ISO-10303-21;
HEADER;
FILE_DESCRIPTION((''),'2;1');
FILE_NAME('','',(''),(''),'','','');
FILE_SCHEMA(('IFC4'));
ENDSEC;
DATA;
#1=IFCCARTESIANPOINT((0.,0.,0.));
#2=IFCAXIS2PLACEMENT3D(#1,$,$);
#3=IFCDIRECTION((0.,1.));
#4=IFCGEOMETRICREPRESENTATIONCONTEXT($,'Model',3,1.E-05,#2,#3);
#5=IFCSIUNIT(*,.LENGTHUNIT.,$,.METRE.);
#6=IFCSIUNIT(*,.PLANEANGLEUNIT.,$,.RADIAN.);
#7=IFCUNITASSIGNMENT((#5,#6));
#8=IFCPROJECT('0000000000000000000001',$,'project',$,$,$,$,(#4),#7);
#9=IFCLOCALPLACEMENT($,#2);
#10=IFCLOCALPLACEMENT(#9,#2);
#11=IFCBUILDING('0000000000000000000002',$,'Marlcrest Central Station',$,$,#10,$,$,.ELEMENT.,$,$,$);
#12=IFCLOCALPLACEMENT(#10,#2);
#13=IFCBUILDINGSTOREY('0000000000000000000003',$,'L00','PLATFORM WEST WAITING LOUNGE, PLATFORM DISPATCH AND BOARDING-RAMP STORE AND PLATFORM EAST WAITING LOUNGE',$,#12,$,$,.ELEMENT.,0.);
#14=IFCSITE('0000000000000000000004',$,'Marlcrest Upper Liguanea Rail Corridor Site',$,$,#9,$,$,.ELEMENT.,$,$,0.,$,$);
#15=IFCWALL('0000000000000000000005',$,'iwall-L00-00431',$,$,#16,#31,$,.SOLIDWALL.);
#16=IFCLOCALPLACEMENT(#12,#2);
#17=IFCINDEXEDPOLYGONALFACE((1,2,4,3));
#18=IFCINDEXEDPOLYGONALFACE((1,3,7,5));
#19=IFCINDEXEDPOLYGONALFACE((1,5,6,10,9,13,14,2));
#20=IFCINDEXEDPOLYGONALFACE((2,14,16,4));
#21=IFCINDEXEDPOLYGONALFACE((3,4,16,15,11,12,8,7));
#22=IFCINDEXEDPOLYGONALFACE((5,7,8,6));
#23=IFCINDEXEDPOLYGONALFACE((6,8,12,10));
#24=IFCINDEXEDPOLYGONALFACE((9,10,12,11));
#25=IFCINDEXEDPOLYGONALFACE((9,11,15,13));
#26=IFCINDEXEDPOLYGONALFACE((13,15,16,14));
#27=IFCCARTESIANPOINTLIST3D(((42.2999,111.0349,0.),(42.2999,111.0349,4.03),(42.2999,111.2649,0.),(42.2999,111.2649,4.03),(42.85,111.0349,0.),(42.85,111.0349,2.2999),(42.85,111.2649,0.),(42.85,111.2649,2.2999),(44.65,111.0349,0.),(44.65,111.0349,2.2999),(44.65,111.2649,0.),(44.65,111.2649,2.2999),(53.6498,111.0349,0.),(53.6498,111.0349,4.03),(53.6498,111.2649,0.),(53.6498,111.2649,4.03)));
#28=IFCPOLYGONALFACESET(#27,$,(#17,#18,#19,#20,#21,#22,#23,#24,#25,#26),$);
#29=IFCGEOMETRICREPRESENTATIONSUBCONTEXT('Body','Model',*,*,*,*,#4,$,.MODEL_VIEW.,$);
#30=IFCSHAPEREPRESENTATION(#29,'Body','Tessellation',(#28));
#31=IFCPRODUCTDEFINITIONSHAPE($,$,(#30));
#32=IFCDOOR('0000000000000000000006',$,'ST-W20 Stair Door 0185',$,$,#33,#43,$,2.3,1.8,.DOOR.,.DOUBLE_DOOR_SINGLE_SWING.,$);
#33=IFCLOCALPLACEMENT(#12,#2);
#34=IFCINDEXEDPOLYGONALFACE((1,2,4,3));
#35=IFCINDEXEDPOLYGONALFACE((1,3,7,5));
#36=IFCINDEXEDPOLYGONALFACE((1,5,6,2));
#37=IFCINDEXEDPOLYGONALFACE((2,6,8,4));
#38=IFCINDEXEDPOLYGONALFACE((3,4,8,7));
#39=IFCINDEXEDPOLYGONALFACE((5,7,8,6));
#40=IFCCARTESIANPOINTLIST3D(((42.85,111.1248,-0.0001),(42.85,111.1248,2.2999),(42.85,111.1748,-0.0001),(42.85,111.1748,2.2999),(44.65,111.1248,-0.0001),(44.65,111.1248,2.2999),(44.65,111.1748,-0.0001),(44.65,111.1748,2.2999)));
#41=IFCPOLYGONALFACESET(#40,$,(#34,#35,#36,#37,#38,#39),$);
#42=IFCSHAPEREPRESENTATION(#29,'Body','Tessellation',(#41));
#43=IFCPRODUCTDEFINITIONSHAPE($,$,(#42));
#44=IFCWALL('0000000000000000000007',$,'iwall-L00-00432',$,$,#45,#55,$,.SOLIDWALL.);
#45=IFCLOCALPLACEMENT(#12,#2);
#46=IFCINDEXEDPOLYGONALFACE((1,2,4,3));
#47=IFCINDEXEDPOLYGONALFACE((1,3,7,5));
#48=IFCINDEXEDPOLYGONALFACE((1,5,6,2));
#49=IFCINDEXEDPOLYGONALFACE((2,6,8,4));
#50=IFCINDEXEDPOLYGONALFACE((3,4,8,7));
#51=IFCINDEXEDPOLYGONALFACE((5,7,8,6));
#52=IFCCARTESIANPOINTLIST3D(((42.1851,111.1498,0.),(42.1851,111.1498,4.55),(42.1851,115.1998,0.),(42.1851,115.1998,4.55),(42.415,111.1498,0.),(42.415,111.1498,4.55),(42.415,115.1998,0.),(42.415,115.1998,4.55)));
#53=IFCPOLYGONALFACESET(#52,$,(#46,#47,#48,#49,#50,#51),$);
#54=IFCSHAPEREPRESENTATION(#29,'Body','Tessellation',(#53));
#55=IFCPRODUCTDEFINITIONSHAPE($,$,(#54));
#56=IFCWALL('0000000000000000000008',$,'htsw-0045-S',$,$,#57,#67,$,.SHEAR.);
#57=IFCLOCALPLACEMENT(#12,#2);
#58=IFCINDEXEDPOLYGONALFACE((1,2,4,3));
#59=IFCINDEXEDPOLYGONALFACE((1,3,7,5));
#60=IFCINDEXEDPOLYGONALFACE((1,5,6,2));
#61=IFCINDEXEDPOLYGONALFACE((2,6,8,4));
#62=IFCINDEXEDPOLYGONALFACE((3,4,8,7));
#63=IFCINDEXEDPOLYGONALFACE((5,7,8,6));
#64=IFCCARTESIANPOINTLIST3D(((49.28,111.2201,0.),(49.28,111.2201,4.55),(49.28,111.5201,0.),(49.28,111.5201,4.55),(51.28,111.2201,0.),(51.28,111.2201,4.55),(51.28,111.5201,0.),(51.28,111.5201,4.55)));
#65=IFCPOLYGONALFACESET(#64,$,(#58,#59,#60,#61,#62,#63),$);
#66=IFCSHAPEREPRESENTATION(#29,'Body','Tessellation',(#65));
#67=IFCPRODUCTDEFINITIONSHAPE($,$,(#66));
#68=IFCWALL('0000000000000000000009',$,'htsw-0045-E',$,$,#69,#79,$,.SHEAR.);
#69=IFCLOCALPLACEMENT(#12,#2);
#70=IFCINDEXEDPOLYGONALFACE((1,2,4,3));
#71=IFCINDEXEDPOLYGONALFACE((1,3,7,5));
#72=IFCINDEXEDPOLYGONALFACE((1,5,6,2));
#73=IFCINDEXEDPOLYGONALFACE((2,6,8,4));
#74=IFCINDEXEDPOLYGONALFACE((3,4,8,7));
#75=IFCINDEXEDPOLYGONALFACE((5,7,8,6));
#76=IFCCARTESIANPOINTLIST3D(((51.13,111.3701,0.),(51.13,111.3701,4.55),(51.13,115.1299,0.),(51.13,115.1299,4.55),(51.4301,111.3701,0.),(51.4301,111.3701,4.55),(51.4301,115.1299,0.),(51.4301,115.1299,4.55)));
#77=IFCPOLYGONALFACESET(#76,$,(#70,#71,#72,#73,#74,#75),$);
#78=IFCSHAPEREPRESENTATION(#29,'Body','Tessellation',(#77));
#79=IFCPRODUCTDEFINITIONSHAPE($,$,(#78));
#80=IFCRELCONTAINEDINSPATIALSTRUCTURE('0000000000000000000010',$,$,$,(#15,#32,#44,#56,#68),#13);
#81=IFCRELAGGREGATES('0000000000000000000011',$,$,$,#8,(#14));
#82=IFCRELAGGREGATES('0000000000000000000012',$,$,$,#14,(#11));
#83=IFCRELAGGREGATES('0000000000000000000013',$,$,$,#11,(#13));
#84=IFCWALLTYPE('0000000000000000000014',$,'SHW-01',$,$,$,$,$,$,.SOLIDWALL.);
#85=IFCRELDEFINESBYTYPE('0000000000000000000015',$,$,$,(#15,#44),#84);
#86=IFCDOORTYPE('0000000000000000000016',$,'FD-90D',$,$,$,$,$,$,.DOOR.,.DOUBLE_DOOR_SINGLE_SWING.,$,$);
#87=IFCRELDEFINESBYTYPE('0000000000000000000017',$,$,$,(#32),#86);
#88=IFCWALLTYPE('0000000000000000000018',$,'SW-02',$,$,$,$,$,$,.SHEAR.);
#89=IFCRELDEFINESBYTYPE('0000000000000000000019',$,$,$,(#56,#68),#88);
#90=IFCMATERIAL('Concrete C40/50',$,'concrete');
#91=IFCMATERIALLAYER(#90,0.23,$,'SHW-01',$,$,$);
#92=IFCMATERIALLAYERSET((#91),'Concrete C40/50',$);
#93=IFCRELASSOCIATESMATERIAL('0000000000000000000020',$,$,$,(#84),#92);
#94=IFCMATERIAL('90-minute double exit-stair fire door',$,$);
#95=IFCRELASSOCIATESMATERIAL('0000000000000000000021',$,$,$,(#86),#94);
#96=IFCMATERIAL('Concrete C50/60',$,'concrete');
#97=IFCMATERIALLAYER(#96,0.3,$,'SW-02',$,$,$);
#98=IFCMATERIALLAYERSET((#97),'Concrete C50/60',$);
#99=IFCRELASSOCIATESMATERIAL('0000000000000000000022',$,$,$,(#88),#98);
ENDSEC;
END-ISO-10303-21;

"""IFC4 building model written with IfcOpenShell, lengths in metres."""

from ifc_helpers import new_model, si_unit, direction, frame, frame_2d, origin, place, context, subcontext, project, spatial, rectangle, extrude, material, layer, layer_set, type_object, element, fill, save


model = new_model("IFC4")

# Units and contexts
model_context = context("Model", 3, precision=1e-05, world=origin(), true_north=direction((0.0, 1.0)))
body_context = subcontext(model_context, "Body", "Model", "MODEL_VIEW")
ifc_project = project(units=[si_unit("LENGTHUNIT", "METRE"), si_unit("PLANEANGLEUNIT", "RADIAN")], contexts=[model_context])

# Site, building, storey
site_placement = place(None, origin())
site = spatial("IfcSite", under=ifc_project, at=site_placement, Name="Marlcrest Upper Liguanea Rail Corridor Site", CompositionType="ELEMENT", RefElevation=0.0)
building_placement = place(site_placement, origin())
building = spatial("IfcBuilding", under=site, at=building_placement, Name="Marlcrest Central Station", CompositionType="ELEMENT")
storey_placement = place(building_placement, origin())
storey = spatial("IfcBuildingStorey", under=building, at=storey_placement, Name="L00", Description="PLATFORM WEST WAITING LOUNGE, PLATFORM DISPATCH AND BOARDING-RAMP STORE AND PLATFORM EAST WAITING LOUNGE", CompositionType="ELEMENT", Elevation=0.0)

# Wall, opening, door
ifc_material_1 = material(Name="Concrete C40/50", Category="concrete")
ifc_layer_1 = layer(ifc_material_1, 0.23, Name="SHW-01")
ifc_layer_set_1 = layer_set([ifc_layer_1], Name="Concrete C40/50")
wall_type_1 = type_object("IfcWallType", Name="SHW-01", PredefinedType="SOLIDWALL", material=ifc_layer_set_1)
wall_1_placement = place(storey_placement, frame((42.3, 111.1499, 0.0), z_axis=(0.0, 0.0, 1.0), x_axis=(1.0, 0.0, 0.0)))
wall_1 = element("IfcWall", 1, at=wall_1_placement, inside=storey, type_object=wall_type_1, Name="iwall-L00-00431", PredefinedType="SOLIDWALL", context=body_context, shape_type="SweptSolid", body=[
    extrude(rectangle(XDim=11.3499, YDim=0.23, at=frame_2d((5.6748, 0.0))), origin(), (0.0, 0.0, 1.0), 4.03),
])
opening_placement = place(wall_1_placement, frame((0.55, 0.0, 0.0)))
opening = element("IfcOpeningElement", 2, at=opening_placement, cuts=wall_1, PredefinedType="OPENING", context=body_context, shape_type="SweptSolid", body=[
    extrude(rectangle(XDim=1.8, YDim=2.3, at=frame_2d((0.8999, 1.1499))), frame((0.0, 0.125, 0.0), z_axis=(0.0, -1.0, 0.0), x_axis=(1.0, 0.0, 0.0)), (0.0, 0.0, 1.0), 0.25),
])
ifc_material_2 = material(Name="90-minute double exit-stair fire door")
door_type = type_object("IfcDoorType", Name="FD-90D", OperationType="DOUBLE_DOOR_SINGLE_SWING", PredefinedType="DOOR", material=ifc_material_2)
door_placement = place(opening_placement, origin())
door = element("IfcDoor", 3, at=door_placement, inside=storey, type_object=door_type, Name="ST-W20 Stair Door 0185", OperationType="DOUBLE_DOOR_SINGLE_SWING", OverallHeight=2.3, OverallWidth=1.8, PredefinedType="DOOR", context=body_context, shape_type="SweptSolid", body=[
    extrude(rectangle(XDim=1.8, YDim=2.3, at=frame_2d((0.8999, 1.1499))), frame((0.0, 0.0249, 0.0), z_axis=(0.0, -1.0, 0.0), x_axis=(1.0, 0.0, 0.0)), (0.0, 0.0, 1.0), 0.05),
])
fill(opening, door)

# Walls
wall_2_placement = place(storey_placement, frame((42.3, 111.1499, 0.0), z_axis=(0.0, 0.0, 1.0), x_axis=(0.0, 1.0, 0.0)))
element("IfcWall", 4, at=wall_2_placement, inside=storey, type_object=wall_type_1, Name="iwall-L00-00432", PredefinedType="SOLIDWALL", context=body_context, shape_type="SweptSolid", body=[
    extrude(rectangle(XDim=4.05, YDim=0.23, at=frame_2d((2.0249, 0.0))), origin(), (0.0, 0.0, 1.0), 4.55),
])
ifc_material_3 = material(Name="Concrete C50/60", Category="concrete")
ifc_layer_2 = layer(ifc_material_3, 0.3, Name="SW-02")
ifc_layer_set_2 = layer_set([ifc_layer_2], Name="Concrete C50/60")
wall_type_2 = type_object("IfcWallType", Name="SW-02", PredefinedType="SHEAR", material=ifc_layer_set_2)
wall_3_placement = place(storey_placement, frame((49.28, 111.3701, 0.0), z_axis=(0.0, 0.0, 1.0), x_axis=(1.0, 0.0, 0.0)))
element("IfcWall", 5, at=wall_3_placement, inside=storey, type_object=wall_type_2, Name="htsw-0045-S", PredefinedType="SHEAR", context=body_context, shape_type="SweptSolid", body=[
    extrude(rectangle(XDim=2.0, YDim=0.3, at=frame_2d((1.0, 0.0))), origin(), (0.0, 0.0, 1.0), 4.55),
])
wall_4_placement = place(storey_placement, frame((51.28, 111.3701, 0.0), z_axis=(0.0, 0.0, 1.0), x_axis=(0.0, 1.0, 0.0)))
element("IfcWall", 6, at=wall_4_placement, inside=storey, type_object=wall_type_2, Name="htsw-0045-E", PredefinedType="SHEAR", context=body_context, shape_type="SweptSolid", body=[
    extrude(rectangle(XDim=3.7598, YDim=0.3, at=frame_2d((1.8799, 0.0))), origin(), (0.0, 0.0, 1.0), 4.55),
])

save(model, "model.ifc")
